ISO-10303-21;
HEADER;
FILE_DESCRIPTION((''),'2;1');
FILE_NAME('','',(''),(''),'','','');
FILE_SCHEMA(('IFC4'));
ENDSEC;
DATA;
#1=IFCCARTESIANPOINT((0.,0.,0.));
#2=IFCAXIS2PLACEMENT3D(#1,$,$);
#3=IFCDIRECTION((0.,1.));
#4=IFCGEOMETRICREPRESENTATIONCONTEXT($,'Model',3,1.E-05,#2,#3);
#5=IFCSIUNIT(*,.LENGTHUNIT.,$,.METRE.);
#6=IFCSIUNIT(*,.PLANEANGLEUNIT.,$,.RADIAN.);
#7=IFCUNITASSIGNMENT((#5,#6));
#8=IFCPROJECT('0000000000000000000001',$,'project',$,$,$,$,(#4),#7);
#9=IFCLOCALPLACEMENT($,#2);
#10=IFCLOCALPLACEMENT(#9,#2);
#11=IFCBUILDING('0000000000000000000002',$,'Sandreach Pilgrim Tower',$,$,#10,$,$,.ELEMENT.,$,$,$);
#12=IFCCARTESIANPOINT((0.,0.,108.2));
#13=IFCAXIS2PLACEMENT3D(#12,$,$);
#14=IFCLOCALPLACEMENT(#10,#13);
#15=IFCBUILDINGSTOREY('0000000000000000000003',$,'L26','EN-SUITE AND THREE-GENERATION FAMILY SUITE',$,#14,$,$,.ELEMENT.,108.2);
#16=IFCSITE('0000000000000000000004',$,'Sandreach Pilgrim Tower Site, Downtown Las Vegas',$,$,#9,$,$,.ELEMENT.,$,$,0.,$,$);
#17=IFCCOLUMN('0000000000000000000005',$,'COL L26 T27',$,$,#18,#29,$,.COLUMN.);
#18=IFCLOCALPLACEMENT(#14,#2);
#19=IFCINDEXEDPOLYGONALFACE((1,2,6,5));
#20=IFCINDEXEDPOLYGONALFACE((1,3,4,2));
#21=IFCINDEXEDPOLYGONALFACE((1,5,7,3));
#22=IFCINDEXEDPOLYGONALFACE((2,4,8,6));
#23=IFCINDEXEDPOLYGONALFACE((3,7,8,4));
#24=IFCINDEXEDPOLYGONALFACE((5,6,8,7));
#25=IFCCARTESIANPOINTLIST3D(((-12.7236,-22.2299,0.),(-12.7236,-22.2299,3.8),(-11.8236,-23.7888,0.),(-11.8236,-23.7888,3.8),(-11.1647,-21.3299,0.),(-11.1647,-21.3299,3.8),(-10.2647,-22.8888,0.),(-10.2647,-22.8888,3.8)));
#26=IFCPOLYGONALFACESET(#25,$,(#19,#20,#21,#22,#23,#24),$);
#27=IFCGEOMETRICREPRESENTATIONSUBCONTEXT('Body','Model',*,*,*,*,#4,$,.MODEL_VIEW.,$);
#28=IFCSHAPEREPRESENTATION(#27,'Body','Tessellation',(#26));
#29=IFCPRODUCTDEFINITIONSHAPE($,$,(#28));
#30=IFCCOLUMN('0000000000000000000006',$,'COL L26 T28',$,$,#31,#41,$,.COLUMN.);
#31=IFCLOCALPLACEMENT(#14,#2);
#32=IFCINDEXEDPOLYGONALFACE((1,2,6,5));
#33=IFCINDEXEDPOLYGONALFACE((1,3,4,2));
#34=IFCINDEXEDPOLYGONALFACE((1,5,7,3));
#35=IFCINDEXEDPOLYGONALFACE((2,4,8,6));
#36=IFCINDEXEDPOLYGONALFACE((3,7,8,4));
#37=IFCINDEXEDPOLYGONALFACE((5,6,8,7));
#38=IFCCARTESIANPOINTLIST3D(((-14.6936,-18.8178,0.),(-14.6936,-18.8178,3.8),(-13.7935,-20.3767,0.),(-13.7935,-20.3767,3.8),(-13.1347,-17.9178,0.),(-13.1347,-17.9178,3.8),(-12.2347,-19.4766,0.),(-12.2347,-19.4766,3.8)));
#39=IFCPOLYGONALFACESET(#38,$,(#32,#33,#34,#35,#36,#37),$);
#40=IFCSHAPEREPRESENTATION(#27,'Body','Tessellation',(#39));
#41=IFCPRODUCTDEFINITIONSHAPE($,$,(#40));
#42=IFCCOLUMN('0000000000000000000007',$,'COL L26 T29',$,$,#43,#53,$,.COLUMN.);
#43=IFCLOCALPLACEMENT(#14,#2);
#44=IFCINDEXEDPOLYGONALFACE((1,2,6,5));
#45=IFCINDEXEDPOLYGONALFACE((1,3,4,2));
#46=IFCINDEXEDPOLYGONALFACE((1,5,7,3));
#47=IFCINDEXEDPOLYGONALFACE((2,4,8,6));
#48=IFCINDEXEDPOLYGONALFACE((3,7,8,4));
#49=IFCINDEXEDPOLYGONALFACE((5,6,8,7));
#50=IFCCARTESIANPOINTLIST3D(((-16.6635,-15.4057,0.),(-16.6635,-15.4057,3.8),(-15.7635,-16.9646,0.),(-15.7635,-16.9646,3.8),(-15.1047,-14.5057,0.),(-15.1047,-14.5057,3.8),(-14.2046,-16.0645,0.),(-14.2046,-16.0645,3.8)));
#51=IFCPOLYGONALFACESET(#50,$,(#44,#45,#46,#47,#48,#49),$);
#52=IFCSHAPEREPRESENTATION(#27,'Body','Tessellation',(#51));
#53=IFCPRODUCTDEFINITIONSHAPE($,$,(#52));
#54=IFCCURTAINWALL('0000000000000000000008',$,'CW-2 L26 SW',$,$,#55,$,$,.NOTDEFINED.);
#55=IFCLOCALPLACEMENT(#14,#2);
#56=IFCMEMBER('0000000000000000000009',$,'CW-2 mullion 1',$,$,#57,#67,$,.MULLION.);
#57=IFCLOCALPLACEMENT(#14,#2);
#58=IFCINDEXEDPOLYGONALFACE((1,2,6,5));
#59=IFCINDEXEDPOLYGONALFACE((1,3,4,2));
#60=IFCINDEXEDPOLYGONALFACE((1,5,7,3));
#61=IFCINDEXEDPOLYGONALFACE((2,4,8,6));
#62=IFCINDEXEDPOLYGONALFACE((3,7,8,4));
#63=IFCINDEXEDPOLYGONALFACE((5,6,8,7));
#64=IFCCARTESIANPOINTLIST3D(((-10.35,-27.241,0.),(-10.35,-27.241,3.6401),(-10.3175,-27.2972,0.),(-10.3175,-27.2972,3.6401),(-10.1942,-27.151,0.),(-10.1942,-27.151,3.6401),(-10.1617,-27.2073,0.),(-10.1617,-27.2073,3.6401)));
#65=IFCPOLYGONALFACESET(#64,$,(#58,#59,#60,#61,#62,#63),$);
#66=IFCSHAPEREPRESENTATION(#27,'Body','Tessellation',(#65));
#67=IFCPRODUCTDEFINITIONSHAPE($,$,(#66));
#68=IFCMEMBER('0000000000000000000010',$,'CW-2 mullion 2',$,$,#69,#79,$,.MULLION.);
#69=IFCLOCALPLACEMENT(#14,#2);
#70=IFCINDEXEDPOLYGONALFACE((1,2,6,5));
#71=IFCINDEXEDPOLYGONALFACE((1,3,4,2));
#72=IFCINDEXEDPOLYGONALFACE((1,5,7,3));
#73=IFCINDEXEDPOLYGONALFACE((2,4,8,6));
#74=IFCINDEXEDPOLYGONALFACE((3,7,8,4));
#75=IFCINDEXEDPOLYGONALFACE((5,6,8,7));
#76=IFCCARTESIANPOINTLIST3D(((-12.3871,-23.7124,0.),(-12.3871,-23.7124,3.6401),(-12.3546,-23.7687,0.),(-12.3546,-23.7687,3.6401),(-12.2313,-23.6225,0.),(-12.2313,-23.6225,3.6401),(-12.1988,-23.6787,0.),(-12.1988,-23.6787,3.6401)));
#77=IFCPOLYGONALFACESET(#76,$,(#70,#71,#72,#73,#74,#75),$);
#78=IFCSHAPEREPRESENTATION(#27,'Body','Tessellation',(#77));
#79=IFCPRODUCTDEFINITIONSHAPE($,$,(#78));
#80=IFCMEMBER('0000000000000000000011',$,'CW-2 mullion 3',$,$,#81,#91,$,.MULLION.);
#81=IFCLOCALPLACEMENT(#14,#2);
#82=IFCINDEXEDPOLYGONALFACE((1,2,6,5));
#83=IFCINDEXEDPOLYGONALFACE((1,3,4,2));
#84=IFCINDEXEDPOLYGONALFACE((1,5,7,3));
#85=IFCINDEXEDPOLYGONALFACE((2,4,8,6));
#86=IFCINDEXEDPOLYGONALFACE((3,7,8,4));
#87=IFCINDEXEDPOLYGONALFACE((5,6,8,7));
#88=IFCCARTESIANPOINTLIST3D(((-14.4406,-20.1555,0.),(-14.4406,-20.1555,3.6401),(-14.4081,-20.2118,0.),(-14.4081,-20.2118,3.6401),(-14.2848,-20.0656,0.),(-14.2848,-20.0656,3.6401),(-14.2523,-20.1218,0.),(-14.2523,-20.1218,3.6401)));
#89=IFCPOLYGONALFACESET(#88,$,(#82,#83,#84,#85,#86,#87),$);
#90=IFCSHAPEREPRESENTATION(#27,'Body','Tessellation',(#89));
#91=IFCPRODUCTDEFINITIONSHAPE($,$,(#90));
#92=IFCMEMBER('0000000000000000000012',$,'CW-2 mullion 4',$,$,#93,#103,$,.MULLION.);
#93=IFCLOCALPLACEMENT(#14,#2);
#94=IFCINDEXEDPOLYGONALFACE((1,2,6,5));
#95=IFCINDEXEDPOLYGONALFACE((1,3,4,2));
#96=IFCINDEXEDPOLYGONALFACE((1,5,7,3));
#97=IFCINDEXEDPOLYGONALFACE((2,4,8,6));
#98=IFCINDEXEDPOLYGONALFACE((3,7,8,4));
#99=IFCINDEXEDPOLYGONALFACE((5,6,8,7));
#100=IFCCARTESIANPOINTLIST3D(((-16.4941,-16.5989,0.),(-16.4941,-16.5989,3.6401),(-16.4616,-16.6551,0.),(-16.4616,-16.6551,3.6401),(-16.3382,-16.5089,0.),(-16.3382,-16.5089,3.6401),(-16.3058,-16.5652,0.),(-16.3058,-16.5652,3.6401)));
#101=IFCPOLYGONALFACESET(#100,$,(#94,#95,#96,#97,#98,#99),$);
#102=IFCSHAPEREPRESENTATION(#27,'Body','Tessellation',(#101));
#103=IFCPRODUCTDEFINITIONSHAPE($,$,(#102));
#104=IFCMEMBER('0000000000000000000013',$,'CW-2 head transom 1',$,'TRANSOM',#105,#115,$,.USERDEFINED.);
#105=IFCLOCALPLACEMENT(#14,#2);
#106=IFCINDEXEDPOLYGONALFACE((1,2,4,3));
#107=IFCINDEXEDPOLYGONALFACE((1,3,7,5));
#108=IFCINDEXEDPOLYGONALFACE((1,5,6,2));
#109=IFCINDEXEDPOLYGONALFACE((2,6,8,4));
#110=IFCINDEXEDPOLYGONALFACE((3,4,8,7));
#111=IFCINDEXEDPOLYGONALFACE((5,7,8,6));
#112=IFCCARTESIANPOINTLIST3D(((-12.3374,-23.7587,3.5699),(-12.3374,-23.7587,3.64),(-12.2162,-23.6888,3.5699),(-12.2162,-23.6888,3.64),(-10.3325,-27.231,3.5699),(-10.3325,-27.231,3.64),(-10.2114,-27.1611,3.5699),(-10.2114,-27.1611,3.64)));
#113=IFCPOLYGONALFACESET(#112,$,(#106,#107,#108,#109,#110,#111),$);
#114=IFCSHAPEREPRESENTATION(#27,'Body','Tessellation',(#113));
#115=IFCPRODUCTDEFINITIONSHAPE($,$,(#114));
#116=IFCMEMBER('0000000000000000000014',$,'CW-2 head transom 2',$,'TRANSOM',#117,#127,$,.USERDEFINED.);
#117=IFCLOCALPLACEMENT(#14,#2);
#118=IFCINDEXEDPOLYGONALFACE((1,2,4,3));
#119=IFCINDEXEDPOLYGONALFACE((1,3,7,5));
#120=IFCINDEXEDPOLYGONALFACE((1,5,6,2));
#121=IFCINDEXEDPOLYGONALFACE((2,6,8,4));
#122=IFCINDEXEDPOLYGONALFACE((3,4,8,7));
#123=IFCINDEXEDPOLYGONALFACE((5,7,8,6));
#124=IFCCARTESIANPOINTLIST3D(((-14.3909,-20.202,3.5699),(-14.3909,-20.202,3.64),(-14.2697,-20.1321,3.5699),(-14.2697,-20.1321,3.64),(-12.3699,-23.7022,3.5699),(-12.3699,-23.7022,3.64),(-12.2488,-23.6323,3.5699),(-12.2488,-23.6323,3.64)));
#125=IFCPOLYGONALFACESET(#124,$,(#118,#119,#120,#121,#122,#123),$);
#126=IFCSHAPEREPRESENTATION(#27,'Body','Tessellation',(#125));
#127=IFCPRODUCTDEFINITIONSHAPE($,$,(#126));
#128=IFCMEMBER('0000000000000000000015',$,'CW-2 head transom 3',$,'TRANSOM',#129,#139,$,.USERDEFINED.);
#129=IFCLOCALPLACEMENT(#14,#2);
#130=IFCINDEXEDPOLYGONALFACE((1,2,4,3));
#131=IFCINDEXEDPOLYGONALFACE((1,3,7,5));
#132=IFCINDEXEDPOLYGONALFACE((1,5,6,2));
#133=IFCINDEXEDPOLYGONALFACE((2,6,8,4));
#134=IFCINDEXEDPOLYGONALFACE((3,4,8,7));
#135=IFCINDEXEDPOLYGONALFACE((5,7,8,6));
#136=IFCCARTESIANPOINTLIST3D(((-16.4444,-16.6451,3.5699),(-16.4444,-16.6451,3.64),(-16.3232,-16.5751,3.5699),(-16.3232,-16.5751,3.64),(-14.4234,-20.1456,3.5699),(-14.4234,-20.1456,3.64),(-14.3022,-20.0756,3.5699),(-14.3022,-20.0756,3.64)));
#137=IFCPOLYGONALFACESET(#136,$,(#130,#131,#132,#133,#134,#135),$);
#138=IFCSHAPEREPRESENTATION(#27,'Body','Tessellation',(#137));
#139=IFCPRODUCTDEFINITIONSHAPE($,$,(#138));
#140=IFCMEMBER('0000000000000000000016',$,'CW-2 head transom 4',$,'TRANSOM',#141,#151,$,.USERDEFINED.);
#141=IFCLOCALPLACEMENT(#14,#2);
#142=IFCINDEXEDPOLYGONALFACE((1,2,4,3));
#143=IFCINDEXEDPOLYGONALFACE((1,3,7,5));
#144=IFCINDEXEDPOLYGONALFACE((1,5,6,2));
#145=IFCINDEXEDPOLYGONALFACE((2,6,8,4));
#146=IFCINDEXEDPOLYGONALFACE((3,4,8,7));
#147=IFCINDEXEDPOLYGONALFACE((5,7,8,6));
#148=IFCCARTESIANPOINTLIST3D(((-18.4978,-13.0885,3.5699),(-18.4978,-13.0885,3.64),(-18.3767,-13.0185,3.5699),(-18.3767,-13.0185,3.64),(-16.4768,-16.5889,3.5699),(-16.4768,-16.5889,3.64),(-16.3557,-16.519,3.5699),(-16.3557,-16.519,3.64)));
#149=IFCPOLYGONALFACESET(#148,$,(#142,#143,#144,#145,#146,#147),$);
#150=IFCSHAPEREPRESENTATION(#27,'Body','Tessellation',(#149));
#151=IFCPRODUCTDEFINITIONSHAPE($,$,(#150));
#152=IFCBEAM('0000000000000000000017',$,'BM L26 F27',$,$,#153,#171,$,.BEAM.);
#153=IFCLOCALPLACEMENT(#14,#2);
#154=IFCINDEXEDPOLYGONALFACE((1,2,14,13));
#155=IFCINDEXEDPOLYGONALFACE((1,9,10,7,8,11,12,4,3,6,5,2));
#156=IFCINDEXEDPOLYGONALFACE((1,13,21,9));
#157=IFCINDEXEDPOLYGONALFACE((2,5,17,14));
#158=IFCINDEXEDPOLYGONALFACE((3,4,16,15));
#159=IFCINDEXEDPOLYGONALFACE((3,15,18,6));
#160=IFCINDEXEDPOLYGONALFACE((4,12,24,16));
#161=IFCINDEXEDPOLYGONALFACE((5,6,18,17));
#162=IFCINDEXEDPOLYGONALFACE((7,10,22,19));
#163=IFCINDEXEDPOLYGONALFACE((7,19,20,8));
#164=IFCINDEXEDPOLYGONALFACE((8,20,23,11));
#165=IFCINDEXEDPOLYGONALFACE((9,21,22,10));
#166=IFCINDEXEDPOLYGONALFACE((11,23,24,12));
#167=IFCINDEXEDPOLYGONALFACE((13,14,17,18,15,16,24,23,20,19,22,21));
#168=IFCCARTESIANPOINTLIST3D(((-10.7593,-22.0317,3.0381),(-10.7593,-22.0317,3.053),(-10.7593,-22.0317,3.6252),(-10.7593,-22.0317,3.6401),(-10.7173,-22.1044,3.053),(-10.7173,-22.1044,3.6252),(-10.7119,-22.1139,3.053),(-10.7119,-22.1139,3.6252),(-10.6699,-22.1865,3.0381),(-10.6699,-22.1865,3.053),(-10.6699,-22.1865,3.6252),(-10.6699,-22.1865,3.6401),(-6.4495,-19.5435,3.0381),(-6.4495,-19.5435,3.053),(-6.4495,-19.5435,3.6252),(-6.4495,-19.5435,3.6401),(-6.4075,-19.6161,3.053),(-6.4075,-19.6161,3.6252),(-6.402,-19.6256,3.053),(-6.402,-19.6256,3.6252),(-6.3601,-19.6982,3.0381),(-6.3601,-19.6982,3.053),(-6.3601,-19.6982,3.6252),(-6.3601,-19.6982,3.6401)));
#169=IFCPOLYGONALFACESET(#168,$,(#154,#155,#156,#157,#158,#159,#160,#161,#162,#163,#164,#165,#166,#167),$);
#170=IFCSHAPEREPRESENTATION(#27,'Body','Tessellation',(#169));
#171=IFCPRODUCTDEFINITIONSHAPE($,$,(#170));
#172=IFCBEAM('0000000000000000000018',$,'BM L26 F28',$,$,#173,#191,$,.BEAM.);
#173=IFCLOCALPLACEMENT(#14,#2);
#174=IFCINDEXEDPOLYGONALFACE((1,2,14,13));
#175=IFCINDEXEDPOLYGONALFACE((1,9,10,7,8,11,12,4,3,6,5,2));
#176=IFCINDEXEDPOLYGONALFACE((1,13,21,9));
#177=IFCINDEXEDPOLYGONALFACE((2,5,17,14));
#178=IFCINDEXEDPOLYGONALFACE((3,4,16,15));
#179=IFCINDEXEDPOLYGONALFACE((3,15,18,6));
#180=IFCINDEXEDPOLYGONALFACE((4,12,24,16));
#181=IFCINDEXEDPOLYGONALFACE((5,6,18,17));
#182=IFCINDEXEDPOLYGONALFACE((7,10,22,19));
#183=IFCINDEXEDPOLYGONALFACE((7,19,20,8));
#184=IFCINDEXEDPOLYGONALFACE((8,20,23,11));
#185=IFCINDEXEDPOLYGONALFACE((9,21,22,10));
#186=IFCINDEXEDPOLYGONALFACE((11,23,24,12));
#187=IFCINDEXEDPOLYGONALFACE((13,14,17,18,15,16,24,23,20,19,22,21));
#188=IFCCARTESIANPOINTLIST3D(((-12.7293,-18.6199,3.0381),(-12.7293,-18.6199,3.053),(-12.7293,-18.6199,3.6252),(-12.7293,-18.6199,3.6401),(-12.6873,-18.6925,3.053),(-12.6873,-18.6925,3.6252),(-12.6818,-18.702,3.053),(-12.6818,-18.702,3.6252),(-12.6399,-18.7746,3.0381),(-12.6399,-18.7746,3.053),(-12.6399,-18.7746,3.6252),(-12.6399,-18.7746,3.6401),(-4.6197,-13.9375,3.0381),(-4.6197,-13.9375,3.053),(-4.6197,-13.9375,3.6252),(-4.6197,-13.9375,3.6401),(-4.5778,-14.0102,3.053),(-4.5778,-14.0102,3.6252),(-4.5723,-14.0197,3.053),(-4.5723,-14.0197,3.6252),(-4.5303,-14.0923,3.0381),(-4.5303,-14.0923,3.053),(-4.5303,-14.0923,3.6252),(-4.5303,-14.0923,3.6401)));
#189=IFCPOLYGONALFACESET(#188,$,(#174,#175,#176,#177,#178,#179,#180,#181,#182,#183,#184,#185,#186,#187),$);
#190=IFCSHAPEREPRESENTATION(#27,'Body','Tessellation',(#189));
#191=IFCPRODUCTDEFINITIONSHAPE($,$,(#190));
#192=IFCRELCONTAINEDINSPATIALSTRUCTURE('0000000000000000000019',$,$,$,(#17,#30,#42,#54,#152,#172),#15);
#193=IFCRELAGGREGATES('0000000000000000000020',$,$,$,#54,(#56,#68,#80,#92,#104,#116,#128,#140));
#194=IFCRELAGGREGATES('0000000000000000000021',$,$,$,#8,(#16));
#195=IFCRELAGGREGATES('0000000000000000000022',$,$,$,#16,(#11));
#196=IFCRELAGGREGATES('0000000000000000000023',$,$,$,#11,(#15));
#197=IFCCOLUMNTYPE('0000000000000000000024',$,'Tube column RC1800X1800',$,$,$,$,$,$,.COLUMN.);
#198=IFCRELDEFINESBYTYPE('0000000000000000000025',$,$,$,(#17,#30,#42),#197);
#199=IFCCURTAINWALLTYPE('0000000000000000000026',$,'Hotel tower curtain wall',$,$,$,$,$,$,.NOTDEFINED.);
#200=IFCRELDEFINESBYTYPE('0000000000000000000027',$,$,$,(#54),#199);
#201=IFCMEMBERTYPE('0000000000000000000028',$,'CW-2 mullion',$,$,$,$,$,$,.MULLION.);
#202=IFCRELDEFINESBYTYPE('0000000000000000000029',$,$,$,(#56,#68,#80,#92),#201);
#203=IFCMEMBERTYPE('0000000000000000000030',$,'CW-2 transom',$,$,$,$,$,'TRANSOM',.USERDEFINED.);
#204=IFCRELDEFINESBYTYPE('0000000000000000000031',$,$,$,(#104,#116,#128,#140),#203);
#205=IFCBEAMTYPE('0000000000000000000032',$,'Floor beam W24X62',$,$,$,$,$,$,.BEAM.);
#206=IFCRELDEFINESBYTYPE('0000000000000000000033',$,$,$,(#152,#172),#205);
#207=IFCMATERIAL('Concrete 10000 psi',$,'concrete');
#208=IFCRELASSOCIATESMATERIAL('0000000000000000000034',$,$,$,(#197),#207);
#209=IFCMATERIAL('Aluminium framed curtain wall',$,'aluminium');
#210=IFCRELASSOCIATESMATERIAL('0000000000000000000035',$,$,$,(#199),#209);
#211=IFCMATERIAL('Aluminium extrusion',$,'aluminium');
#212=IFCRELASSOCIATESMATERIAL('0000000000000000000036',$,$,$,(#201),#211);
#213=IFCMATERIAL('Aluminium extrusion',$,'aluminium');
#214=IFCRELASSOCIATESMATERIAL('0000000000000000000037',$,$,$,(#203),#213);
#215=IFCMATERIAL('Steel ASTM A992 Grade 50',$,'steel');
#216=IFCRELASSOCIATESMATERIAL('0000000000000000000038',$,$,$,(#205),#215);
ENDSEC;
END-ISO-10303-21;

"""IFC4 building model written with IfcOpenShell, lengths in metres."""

from ifc_helpers import new_model, si_unit, direction, frame, origin, origin_2d, place, context, subcontext, project, spatial, rectangle, i_section, extrude, material, material_profile, profile_set, type_object, element, aggregate, save


model = new_model("IFC4")

# Units and contexts
model_context = context("Model", 3, precision=1e-05, world=origin(), true_north=direction((0.0, 1.0)))
body_context = subcontext(model_context, "Body", "Model", "MODEL_VIEW")
ifc_project = project(units=[si_unit("LENGTHUNIT", "METRE"), si_unit("PLANEANGLEUNIT", "RADIAN")], contexts=[model_context])

# Site, building, storey
site_placement = place(None, origin())
site = spatial("IfcSite", under=ifc_project, at=site_placement, Name="Sandreach Pilgrim Tower Site, Downtown Las Vegas", CompositionType="ELEMENT", RefElevation=0.0)
building_placement = place(site_placement, origin())
building = spatial("IfcBuilding", under=site, at=building_placement, Name="Sandreach Pilgrim Tower", CompositionType="ELEMENT")
storey_placement = place(building_placement, frame((0.0, 0.0, 108.2)))
storey = spatial("IfcBuildingStorey", under=building, at=storey_placement, Name="L26", Description="EN-SUITE AND THREE-GENERATION FAMILY SUITE", CompositionType="ELEMENT", Elevation=108.2)

# Columns
ifc_material_1 = material(Name="Concrete 10000 psi", Category="concrete")
ifc_material_profile_1 = material_profile(ifc_material_1, rectangle(XDim=1.8, YDim=1.8, at=origin_2d()), Name="RC1800X1800")
ifc_profile_set_1 = profile_set([ifc_material_profile_1], Name="Concrete 10000 psi")
column_type = type_object("IfcColumnType", Name="Tube column RC1800X1800", PredefinedType="COLUMN", material=ifc_profile_set_1)
for number, where, z_axis, x_axis, name in (
    (1, (-11.4941, -22.5593, 0.0), (0.0, 0.0, 1.0), (-0.866025, -0.5, 0.0), "COL L26 T27"),
    (2, (-13.4641, -19.1472, 0.0), (0.0, 0.0, 1.0), (-0.866025, -0.5, 0.0), "COL L26 T28"),
    (3, (-15.4341, -15.7351, 0.0), (0.0, 0.0, 1.0), (-0.866025, -0.5, 0.0), "COL L26 T29"),
):
    element("IfcColumn", number, at=place(storey_placement, frame(where, z_axis=z_axis, x_axis=x_axis)), inside=storey, type_object=column_type, Name=name, PredefinedType="COLUMN", context=body_context, shape_type="SweptSolid", body=[
        extrude(rectangle(XDim=1.8, YDim=1.8, at=origin_2d()), origin(), (0.0, 0.0, 1.0), 3.8),
    ])

# Curtain wall, members
ifc_material_2 = material(Name="Aluminium framed curtain wall", Category="aluminium")
curtain_wall_type = type_object("IfcCurtainWallType", Name="Hotel tower curtain wall", PredefinedType="NOTDEFINED", material=ifc_material_2)
curtain_wall_placement = place(storey_placement, origin())
curtain_wall = element("IfcCurtainWall", 4, at=curtain_wall_placement, inside=storey, type_object=curtain_wall_type, Name="CW-2 L26 SW", PredefinedType="NOTDEFINED")
ifc_material_3 = material(Name="Aluminium extrusion", Category="aluminium")
ifc_material_profile_2 = material_profile(ifc_material_3, rectangle(XDim=0.0649, YDim=0.1799, at=origin_2d()), Name="CW-2M 65X180")
ifc_profile_set_2 = profile_set([ifc_material_profile_2], Name="Aluminium extrusion")
member_type_1 = type_object("IfcMemberType", Name="CW-2 mullion", PredefinedType="MULLION", material=ifc_profile_set_2)
member_1_placement = place(storey_placement, frame((-10.2559, -27.2241, 0.0), z_axis=(0.0, 0.0, 1.0), x_axis=(-0.5, 0.866025, 0.0)))
member_1 = element("IfcMember", 5, at=member_1_placement, type_object=member_type_1, Name="CW-2 mullion 1", PredefinedType="MULLION", context=body_context, shape_type="SweptSolid", body=[
    extrude(rectangle(XDim=0.0649, YDim=0.1799, at=origin_2d()), origin(), (0.0, 0.0, 1.0), 3.6401),
])
member_2_placement = place(storey_placement, frame((-12.293, -23.6956, 0.0), z_axis=(0.0, 0.0, 1.0), x_axis=(-0.5, 0.866025, 0.0)))
member_2 = element("IfcMember", 6, at=member_2_placement, type_object=member_type_1, Name="CW-2 mullion 2", PredefinedType="MULLION", context=body_context, shape_type="SweptSolid", body=[
    extrude(rectangle(XDim=0.0649, YDim=0.1799, at=origin_2d()), origin(), (0.0, 0.0, 1.0), 3.6401),
])
member_3_placement = place(storey_placement, frame((-14.3464, -20.1387, 0.0), z_axis=(0.0, 0.0, 1.0), x_axis=(-0.5, 0.866025, 0.0)))
member_3 = element("IfcMember", 7, at=member_3_placement, type_object=member_type_1, Name="CW-2 mullion 3", PredefinedType="MULLION", context=body_context, shape_type="SweptSolid", body=[
    extrude(rectangle(XDim=0.0649, YDim=0.1799, at=origin_2d()), origin(), (0.0, 0.0, 1.0), 3.6401),
])
member_4_placement = place(storey_placement, frame((-16.3999, -16.582, 0.0), z_axis=(0.0, 0.0, 1.0), x_axis=(-0.5, 0.866025, 0.0)))
member_4 = element("IfcMember", 8, at=member_4_placement, type_object=member_type_1, Name="CW-2 mullion 4", PredefinedType="MULLION", context=body_context, shape_type="SweptSolid", body=[
    extrude(rectangle(XDim=0.0649, YDim=0.1799, at=origin_2d()), origin(), (0.0, 0.0, 1.0), 3.6401),
])
ifc_material_4 = material(Name="Aluminium extrusion", Category="aluminium")
ifc_material_profile_3 = material_profile(ifc_material_4, rectangle(XDim=0.1399, YDim=0.0701, at=origin_2d()), Name="CW-2T 140X70")
ifc_profile_set_3 = profile_set([ifc_material_profile_3], Name="Aluminium extrusion")
member_type_2 = type_object("IfcMemberType", Name="CW-2 transom", ElementType="TRANSOM", PredefinedType="USERDEFINED", material=ifc_profile_set_3)
member_5_placement = place(storey_placement, frame((-10.272, -27.196, 3.605), z_axis=(-0.500016, 0.866016, 0.0), x_axis=(-0.866016, -0.500016, 0.0)))
member_5 = element("IfcMember", 9, at=member_5_placement, type_object=member_type_2, Name="CW-2 head transom 1", ObjectType="TRANSOM", PredefinedType="USERDEFINED", context=body_context, shape_type="SweptSolid", body=[
    extrude(rectangle(XDim=0.1399, YDim=0.0701, at=origin_2d()), origin(), (0.0, 0.0, 1.0), 4.0095),
])
member_6_placement = place(storey_placement, frame((-12.3093, -23.6672, 3.605), z_axis=(-0.500024, 0.866012, 0.0), x_axis=(-0.866012, -0.500024, 0.0)))
member_6 = element("IfcMember", 10, at=member_6_placement, type_object=member_type_2, Name="CW-2 head transom 2", ObjectType="TRANSOM", PredefinedType="USERDEFINED", context=body_context, shape_type="SweptSolid", body=[
    extrude(rectangle(XDim=0.1399, YDim=0.0701, at=origin_2d()), origin(), (0.0, 0.0, 1.0), 4.0417),
])
member_7_placement = place(storey_placement, frame((-14.3628, -20.1106, 3.605), z_axis=(-0.499998, 0.866027, 0.0), x_axis=(-0.866027, -0.499998, 0.0)))
member_7 = element("IfcMember", 11, at=member_7_placement, type_object=member_type_2, Name="CW-2 head transom 3", ObjectType="TRANSOM", PredefinedType="USERDEFINED", context=body_context, shape_type="SweptSolid", body=[
    extrude(rectangle(XDim=0.1399, YDim=0.0701, at=origin_2d()), origin(), (0.0, 0.0, 1.0), 4.042),
])
member_8_placement = place(storey_placement, frame((-16.4163, -16.554, 3.605), z_axis=(-0.499998, 0.866027, 0.0), x_axis=(-0.866027, -0.499998, 0.0)))
member_8 = element("IfcMember", 12, at=member_8_placement, type_object=member_type_2, Name="CW-2 head transom 4", ObjectType="TRANSOM", PredefinedType="USERDEFINED", context=body_context, shape_type="SweptSolid", body=[
    extrude(rectangle(XDim=0.1399, YDim=0.0701, at=origin_2d()), origin(), (0.0, 0.0, 1.0), 4.042),
])

# Beams
ifc_material_5 = material(Name="Steel ASTM A992 Grade 50", Category="steel")
ifc_material_profile_4 = material_profile(ifc_material_5, i_section(OverallWidth=0.1787, OverallDepth=0.6021, WebThickness=0.011, FlangeThickness=0.0149, at=origin_2d()), Name="W24X62")
ifc_profile_set_4 = profile_set([ifc_material_profile_4], Name="Steel ASTM A992 Grade 50")
beam_type_1 = type_object("IfcBeamType", Name="Floor beam W24X62", PredefinedType="BEAM", material=ifc_profile_set_4)
beam_1_placement = place(storey_placement, frame((-10.7146, -22.1091, 3.3391), z_axis=(0.866025, 0.500001, 0.0), x_axis=(-0.500001, 0.866025, 0.0)))
element("IfcBeam", 13, at=beam_1_placement, inside=storey, type_object=beam_type_1, Name="BM L26 F27", PredefinedType="BEAM", context=body_context, shape_type="SweptSolid", body=[
    extrude(i_section(OverallWidth=0.1787, OverallDepth=0.6021, WebThickness=0.011, FlangeThickness=0.0149, at=origin_2d()), origin(), (0.0, 0.0, 1.0), 4.9766),
])
beam_2_placement = place(storey_placement, frame((-12.6846, -18.6973, 3.3391), z_axis=(0.866012, 0.500023, 0.0), x_axis=(-0.500023, 0.866012, 0.0)))
element("IfcBeam", 14, at=beam_2_placement, inside=storey, type_object=beam_type_1, Name="BM L26 F28", PredefinedType="BEAM", context=body_context, shape_type="SweptSolid", body=[
    extrude(i_section(OverallWidth=0.1787, OverallDepth=0.6021, WebThickness=0.011, FlangeThickness=0.0149, at=origin_2d()), origin(), (0.0, 0.0, 1.0), 9.3643),
])

aggregate(curtain_wall, [member_1, member_2, member_3, member_4, member_5, member_6, member_7, member_8])

save(model, "model.ifc")
